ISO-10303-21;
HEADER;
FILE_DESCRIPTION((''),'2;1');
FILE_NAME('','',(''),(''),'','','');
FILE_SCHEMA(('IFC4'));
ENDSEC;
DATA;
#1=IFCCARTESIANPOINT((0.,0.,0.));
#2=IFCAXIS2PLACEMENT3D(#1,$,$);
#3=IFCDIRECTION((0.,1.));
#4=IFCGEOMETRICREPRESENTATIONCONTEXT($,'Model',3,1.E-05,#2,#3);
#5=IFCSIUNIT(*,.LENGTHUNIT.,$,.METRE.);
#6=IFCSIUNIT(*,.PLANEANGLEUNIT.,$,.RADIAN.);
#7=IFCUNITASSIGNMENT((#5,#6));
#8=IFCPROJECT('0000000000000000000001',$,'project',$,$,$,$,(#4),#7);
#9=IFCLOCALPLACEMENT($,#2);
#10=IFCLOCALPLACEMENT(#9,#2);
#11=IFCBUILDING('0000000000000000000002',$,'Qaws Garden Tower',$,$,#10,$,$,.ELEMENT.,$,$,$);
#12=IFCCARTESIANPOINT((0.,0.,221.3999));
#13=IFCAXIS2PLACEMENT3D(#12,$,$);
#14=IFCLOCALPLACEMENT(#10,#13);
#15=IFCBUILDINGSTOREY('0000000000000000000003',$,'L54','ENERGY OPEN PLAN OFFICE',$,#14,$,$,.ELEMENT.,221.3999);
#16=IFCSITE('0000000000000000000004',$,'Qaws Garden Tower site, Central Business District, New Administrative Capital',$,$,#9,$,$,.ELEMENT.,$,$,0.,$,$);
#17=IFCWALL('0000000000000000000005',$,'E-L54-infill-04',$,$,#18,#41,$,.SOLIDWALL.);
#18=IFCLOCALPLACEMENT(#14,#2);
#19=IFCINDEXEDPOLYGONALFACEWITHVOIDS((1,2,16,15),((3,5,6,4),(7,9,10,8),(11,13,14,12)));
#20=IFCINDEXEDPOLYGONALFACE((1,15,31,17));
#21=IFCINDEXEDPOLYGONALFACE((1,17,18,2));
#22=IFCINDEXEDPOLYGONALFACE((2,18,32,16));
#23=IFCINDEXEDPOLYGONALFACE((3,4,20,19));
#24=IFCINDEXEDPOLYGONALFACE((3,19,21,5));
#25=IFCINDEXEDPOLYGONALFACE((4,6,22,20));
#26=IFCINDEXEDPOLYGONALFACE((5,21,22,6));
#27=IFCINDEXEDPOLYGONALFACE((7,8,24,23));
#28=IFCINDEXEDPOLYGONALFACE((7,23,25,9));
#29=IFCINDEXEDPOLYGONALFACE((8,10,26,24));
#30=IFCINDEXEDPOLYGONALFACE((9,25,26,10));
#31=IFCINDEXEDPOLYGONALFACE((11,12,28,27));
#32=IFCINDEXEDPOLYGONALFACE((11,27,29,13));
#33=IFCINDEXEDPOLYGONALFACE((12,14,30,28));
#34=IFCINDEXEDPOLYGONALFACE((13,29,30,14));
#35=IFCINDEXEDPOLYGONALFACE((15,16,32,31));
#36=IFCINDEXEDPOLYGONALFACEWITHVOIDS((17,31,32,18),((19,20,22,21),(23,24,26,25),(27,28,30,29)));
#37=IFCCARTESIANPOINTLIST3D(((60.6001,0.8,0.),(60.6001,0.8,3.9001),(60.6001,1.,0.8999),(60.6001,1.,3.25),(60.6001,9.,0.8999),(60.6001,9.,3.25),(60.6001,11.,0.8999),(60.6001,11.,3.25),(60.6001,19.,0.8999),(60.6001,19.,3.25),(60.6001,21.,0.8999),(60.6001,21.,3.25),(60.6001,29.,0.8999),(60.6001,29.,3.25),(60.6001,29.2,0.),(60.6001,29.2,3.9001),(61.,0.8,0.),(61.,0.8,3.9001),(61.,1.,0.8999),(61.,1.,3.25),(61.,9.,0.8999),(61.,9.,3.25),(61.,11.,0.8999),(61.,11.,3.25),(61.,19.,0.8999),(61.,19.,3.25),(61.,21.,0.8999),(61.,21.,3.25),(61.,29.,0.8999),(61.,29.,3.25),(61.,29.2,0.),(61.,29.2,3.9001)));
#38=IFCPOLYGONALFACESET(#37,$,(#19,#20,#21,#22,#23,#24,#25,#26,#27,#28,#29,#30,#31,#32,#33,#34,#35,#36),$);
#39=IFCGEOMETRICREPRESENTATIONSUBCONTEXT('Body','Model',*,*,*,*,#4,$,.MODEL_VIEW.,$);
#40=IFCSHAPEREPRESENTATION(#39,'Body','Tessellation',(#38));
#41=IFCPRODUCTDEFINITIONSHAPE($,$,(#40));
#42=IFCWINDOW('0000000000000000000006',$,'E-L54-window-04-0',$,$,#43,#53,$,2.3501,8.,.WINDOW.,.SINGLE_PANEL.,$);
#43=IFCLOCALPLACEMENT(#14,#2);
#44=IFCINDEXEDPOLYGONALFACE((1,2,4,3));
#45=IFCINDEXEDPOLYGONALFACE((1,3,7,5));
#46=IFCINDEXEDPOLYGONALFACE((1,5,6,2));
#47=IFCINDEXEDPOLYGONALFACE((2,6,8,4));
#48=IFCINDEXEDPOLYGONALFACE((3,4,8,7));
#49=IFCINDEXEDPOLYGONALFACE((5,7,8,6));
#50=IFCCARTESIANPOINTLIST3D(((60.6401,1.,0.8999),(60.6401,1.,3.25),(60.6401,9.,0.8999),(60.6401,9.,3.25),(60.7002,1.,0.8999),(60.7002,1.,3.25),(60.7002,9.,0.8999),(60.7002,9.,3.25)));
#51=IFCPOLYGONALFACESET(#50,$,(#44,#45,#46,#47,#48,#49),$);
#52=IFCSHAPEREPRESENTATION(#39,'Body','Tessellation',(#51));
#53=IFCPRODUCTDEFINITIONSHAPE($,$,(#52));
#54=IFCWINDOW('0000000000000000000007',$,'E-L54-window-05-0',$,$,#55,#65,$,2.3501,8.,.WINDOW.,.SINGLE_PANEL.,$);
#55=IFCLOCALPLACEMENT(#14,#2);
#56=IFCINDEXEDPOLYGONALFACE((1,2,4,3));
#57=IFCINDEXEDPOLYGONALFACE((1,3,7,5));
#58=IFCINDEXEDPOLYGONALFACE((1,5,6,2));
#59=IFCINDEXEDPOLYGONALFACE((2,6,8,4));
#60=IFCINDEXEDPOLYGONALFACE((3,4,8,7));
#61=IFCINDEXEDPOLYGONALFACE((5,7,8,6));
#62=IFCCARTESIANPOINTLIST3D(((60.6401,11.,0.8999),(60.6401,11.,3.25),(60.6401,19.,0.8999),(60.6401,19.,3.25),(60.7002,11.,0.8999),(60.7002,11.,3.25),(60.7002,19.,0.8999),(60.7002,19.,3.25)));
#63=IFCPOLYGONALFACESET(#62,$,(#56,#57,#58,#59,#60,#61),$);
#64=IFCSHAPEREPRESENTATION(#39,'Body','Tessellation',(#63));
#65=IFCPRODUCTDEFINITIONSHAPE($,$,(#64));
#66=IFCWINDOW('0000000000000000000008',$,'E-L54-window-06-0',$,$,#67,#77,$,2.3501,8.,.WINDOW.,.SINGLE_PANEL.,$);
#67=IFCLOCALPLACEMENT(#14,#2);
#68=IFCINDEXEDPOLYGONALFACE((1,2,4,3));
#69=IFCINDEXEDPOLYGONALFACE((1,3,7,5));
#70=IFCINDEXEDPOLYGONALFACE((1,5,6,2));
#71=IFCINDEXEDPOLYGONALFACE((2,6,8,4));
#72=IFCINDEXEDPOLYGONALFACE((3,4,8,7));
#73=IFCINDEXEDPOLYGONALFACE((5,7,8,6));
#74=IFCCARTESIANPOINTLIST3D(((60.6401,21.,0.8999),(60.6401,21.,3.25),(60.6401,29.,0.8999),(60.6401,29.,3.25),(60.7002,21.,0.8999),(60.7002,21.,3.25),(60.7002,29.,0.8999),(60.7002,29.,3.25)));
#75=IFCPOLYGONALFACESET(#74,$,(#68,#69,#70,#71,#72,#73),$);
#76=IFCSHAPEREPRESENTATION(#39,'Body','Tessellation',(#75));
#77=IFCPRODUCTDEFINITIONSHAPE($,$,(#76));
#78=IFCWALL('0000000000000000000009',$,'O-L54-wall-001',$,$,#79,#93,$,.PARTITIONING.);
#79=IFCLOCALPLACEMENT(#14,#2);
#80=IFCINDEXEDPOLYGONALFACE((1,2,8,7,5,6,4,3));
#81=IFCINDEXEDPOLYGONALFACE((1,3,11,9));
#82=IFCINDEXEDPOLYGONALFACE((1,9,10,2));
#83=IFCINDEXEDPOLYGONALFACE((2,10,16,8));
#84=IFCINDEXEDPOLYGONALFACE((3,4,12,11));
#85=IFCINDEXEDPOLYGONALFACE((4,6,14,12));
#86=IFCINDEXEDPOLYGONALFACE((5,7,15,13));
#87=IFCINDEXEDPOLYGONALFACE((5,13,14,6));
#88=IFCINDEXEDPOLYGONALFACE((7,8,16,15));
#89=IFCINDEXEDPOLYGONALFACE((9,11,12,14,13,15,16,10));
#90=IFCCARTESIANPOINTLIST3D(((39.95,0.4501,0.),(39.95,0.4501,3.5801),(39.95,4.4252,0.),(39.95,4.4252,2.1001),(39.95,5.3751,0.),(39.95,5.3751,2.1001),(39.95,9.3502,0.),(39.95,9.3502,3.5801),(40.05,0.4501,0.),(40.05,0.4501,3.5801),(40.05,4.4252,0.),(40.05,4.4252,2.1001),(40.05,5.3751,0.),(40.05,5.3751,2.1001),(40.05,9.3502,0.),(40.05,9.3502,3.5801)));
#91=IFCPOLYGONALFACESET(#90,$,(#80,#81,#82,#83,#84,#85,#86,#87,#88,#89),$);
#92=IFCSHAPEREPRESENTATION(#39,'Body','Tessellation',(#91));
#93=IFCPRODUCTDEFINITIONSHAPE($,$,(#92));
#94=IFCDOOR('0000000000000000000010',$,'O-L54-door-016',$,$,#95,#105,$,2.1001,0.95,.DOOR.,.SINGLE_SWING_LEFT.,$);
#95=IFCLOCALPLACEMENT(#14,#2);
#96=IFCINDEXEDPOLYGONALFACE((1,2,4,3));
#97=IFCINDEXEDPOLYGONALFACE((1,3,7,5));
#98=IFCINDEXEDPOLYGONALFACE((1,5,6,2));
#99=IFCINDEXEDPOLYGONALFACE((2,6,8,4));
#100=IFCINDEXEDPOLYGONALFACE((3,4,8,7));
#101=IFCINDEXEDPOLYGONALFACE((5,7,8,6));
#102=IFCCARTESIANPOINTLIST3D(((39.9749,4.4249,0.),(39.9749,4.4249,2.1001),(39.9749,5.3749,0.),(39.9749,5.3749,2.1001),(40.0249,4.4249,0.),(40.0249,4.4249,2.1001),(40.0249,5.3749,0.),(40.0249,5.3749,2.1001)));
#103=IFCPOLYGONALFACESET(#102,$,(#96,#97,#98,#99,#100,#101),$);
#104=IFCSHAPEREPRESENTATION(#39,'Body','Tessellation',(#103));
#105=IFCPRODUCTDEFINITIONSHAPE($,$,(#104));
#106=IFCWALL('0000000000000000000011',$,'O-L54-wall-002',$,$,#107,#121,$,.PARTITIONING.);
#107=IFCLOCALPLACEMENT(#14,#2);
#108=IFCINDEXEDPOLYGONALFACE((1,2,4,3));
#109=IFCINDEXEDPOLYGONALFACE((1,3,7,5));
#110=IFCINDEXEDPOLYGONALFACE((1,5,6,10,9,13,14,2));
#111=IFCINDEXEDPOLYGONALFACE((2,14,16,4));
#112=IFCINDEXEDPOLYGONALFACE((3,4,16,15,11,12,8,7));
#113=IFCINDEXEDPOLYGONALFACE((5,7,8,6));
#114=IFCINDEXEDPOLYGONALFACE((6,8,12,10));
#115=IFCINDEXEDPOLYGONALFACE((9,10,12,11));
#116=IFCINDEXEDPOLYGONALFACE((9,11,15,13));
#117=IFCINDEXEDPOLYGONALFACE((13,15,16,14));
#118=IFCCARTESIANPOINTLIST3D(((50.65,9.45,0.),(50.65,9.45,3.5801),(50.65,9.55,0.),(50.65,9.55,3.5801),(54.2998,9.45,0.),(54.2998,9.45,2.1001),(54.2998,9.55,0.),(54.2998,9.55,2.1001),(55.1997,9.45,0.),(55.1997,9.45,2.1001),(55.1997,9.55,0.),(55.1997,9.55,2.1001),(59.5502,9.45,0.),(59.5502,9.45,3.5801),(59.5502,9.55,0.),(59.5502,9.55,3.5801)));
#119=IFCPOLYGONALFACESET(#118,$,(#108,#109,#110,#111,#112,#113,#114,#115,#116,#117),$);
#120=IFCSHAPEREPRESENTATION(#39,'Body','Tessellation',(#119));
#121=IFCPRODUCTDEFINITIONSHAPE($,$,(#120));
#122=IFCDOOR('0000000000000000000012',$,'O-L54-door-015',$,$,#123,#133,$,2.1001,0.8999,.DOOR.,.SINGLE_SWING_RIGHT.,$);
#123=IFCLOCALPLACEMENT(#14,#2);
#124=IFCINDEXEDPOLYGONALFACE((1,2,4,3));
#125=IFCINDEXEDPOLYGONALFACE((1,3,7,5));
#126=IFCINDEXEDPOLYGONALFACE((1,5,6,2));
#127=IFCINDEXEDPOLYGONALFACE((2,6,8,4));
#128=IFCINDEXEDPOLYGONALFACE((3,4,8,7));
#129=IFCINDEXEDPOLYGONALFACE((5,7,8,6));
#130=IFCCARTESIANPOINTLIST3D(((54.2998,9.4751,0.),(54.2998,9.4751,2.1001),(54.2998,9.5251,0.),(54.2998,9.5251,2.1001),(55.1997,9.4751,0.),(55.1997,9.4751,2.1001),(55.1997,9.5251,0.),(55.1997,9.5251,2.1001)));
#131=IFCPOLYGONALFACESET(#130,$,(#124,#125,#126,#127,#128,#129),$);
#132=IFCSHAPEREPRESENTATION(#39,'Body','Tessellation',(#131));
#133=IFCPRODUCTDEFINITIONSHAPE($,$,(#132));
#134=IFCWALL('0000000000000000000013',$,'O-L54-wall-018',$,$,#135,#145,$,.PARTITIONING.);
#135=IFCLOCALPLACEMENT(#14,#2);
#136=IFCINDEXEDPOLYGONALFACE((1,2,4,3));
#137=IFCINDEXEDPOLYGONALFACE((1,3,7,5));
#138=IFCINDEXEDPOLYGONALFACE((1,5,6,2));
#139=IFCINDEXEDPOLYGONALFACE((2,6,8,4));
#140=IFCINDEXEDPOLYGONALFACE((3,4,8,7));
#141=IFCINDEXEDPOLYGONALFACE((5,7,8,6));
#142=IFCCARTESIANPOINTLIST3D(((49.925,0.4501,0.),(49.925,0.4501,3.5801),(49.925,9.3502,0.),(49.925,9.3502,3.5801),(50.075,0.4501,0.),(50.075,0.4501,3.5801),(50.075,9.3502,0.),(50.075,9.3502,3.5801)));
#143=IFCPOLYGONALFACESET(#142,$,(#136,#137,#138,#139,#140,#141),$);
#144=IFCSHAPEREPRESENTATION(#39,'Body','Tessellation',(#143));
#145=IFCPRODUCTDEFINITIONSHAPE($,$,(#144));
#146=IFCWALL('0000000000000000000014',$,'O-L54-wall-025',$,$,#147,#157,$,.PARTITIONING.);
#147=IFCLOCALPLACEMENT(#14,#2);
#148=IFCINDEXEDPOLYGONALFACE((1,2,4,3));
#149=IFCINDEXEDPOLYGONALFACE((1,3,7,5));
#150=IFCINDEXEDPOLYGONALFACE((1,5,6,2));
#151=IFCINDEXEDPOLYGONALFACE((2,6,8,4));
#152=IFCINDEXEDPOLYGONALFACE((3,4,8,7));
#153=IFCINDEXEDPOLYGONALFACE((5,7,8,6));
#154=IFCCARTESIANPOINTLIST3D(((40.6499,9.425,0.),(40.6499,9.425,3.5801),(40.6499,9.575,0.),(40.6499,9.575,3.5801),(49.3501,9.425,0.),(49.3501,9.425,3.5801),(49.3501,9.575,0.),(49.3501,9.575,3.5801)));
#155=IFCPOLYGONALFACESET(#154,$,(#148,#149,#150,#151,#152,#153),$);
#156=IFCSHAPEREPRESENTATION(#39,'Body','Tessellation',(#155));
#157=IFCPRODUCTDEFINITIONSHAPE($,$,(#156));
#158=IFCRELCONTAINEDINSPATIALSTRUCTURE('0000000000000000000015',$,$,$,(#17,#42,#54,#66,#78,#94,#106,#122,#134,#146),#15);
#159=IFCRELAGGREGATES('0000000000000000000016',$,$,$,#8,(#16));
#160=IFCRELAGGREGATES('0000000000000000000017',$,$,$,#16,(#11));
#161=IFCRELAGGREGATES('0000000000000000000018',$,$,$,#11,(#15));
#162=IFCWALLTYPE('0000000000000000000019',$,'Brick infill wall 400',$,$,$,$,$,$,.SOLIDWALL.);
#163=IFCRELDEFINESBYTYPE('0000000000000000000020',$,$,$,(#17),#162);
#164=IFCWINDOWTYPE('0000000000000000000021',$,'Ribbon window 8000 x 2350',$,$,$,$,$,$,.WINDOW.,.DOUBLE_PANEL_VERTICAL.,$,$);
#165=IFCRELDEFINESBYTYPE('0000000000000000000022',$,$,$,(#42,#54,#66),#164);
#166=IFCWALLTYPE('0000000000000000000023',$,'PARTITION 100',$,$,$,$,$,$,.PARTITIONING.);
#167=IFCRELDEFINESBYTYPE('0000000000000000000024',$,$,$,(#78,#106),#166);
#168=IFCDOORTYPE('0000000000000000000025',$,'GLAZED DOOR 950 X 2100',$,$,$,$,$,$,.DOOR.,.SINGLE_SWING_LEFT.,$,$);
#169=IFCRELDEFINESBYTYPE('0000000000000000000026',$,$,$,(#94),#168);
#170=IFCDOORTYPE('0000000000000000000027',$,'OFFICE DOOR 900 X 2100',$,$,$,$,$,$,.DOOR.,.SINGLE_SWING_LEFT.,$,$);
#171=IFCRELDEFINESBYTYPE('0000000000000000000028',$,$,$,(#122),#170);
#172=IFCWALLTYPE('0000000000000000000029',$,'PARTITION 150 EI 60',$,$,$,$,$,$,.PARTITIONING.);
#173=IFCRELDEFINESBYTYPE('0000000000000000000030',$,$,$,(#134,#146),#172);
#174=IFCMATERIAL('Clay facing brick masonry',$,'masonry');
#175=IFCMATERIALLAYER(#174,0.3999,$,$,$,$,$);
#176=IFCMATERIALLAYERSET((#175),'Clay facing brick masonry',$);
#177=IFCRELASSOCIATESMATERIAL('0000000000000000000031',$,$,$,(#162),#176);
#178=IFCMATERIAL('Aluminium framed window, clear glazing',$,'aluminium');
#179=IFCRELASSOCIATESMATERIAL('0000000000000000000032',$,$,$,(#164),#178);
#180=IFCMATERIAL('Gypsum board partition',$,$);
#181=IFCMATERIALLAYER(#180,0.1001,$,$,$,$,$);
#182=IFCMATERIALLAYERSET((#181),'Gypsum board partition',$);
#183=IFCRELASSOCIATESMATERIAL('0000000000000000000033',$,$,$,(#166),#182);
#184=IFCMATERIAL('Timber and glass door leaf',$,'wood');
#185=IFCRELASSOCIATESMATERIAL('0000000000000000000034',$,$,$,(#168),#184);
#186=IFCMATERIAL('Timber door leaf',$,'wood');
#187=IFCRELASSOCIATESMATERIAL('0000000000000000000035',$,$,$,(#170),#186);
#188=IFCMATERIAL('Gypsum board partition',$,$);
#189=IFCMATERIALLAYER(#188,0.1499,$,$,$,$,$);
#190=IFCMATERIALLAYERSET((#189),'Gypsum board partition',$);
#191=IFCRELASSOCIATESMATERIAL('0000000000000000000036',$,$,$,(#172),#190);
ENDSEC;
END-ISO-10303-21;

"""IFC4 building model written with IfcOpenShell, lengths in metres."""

from ifc_helpers import new_model, si_unit, direction, frame, frame_2d, origin, place, context, subcontext, project, spatial, rectangle, extrude, material, layer, layer_set, type_object, element, fill, save


model = new_model("IFC4")

# Units and contexts
model_context = context("Model", 3, precision=1e-05, world=origin(), true_north=direction((0.0, 1.0)))
body_context = subcontext(model_context, "Body", "Model", "MODEL_VIEW")
ifc_project = project(units=[si_unit("LENGTHUNIT", "METRE"), si_unit("PLANEANGLEUNIT", "RADIAN")], contexts=[model_context])

# Site, building, storey
site_placement = place(None, origin())
site = spatial("IfcSite", under=ifc_project, at=site_placement, Name="Qaws Garden Tower site, Central Business District, New Administrative Capital", CompositionType="ELEMENT", RefElevation=0.0)
building_placement = place(site_placement, origin())
building = spatial("IfcBuilding", under=site, at=building_placement, Name="Qaws Garden Tower", CompositionType="ELEMENT")
storey_placement = place(building_placement, frame((0.0, 0.0, 221.3999)))
storey = spatial("IfcBuildingStorey", under=building, at=storey_placement, Name="L54", Description="ENERGY OPEN PLAN OFFICE", CompositionType="ELEMENT", Elevation=221.3999)

# Wall, openings, windows
ifc_material_1 = material(Name="Clay facing brick masonry", Category="masonry")
ifc_layer_1 = layer(ifc_material_1, 0.3999)
ifc_layer_set_1 = layer_set([ifc_layer_1], Name="Clay facing brick masonry")
wall_type_1 = type_object("IfcWallType", Name="Brick infill wall 400", PredefinedType="SOLIDWALL", material=ifc_layer_set_1)
wall_1_placement = place(storey_placement, frame((60.8, 0.8, 0.0), z_axis=(0.0, 0.0, 1.0), x_axis=(0.0, 1.0, 0.0)))
wall_1 = element("IfcWall", 1, at=wall_1_placement, inside=storey, type_object=wall_type_1, Name="E-L54-infill-04", PredefinedType="SOLIDWALL", context=body_context, shape_type="SweptSolid", body=[
    extrude(rectangle(XDim=28.3999, YDim=0.3999, at=frame_2d((14.2, 0.0))), origin(), (0.0, 0.0, 1.0), 3.9001),
])
opening_1_placement = place(wall_1_placement, frame((0.2, 0.0, 0.8999)))
opening_1 = element("IfcOpeningElement", 2, at=opening_1_placement, cuts=wall_1, PredefinedType="OPENING", context=body_context, shape_type="SweptSolid", body=[
    extrude(rectangle(XDim=8.0, YDim=2.3501, at=frame_2d((4.0, 1.175))), frame((0.0, 0.21, 0.0), z_axis=(0.0, -1.0, 0.0), x_axis=(1.0, 0.0, 0.0)), (0.0, 0.0, 1.0), 0.4199),
])
opening_2_placement = place(wall_1_placement, frame((10.2, 0.0, 0.8999)))
opening_2 = element("IfcOpeningElement", 3, at=opening_2_placement, cuts=wall_1, PredefinedType="OPENING", context=body_context, shape_type="SweptSolid", body=[
    extrude(rectangle(XDim=8.0, YDim=2.3501, at=frame_2d((4.0, 1.175))), frame((0.0, 0.21, 0.0), z_axis=(0.0, -1.0, 0.0), x_axis=(1.0, 0.0, 0.0)), (0.0, 0.0, 1.0), 0.4199),
])
opening_3_placement = place(wall_1_placement, frame((20.2, 0.0, 0.8999)))
opening_3 = element("IfcOpeningElement", 4, at=opening_3_placement, cuts=wall_1, PredefinedType="OPENING", context=body_context, shape_type="SweptSolid", body=[
    extrude(rectangle(XDim=8.0, YDim=2.3501, at=frame_2d((4.0, 1.175))), frame((0.0, 0.21, 0.0), z_axis=(0.0, -1.0, 0.0), x_axis=(1.0, 0.0, 0.0)), (0.0, 0.0, 1.0), 0.4199),
])
ifc_material_2 = material(Name="Aluminium framed window, clear glazing", Category="aluminium")
window_type = type_object("IfcWindowType", Name="Ribbon window 8000 x 2350", PartitioningType="DOUBLE_PANEL_VERTICAL", PredefinedType="WINDOW", material=ifc_material_2)
window_1_placement = place(opening_1_placement, origin())
window_1 = element("IfcWindow", 5, at=window_1_placement, inside=storey, type_object=window_type, Name="E-L54-window-04-0", OverallHeight=2.3501, OverallWidth=8.0, PartitioningType="SINGLE_PANEL", PredefinedType="WINDOW", context=body_context, shape_type="SweptSolid", body=[
    extrude(rectangle(XDim=8.0, YDim=2.3501, at=frame_2d((4.0, 1.175))), frame((0.0, 0.1599, 0.0), z_axis=(0.0, -1.0, 0.0), x_axis=(1.0, 0.0, 0.0)), (0.0, 0.0, 1.0), 0.0601),
])
fill(opening_1, window_1)
window_2_placement = place(opening_2_placement, origin())
window_2 = element("IfcWindow", 6, at=window_2_placement, inside=storey, type_object=window_type, Name="E-L54-window-05-0", OverallHeight=2.3501, OverallWidth=8.0, PartitioningType="SINGLE_PANEL", PredefinedType="WINDOW", context=body_context, shape_type="SweptSolid", body=[
    extrude(rectangle(XDim=8.0, YDim=2.3501, at=frame_2d((4.0, 1.175))), frame((0.0, 0.1599, 0.0), z_axis=(0.0, -1.0, 0.0), x_axis=(1.0, 0.0, 0.0)), (0.0, 0.0, 1.0), 0.0601),
])
fill(opening_2, window_2)
window_3_placement = place(opening_3_placement, origin())
window_3 = element("IfcWindow", 7, at=window_3_placement, inside=storey, type_object=window_type, Name="E-L54-window-06-0", OverallHeight=2.3501, OverallWidth=8.0, PartitioningType="SINGLE_PANEL", PredefinedType="WINDOW", context=body_context, shape_type="SweptSolid", body=[
    extrude(rectangle(XDim=8.0, YDim=2.3501, at=frame_2d((4.0, 1.175))), frame((0.0, 0.1599, 0.0), z_axis=(0.0, -1.0, 0.0), x_axis=(1.0, 0.0, 0.0)), (0.0, 0.0, 1.0), 0.0601),
])
fill(opening_3, window_3)

# Walls, openings, doors
ifc_material_3 = material(Name="Gypsum board partition")
ifc_layer_2 = layer(ifc_material_3, 0.1001)
ifc_layer_set_2 = layer_set([ifc_layer_2], Name="Gypsum board partition")
wall_type_2 = type_object("IfcWallType", Name="PARTITION 100", PredefinedType="PARTITIONING", material=ifc_layer_set_2)
wall_2_placement = place(storey_placement, frame((40.0, 0.45, 0.0), z_axis=(0.0, 0.0, 1.0), x_axis=(0.0, 1.0, 0.0)))
wall_2 = element("IfcWall", 8, at=wall_2_placement, inside=storey, type_object=wall_type_2, Name="O-L54-wall-001", PredefinedType="PARTITIONING", context=body_context, shape_type="SweptSolid", body=[
    extrude(rectangle(XDim=8.9001, YDim=0.1001, at=frame_2d((4.4502, 0.0))), origin(), (0.0, 0.0, 1.0), 3.5801),
])
opening_4_placement = place(wall_2_placement, frame((3.9751, 0.0, 0.0)))
opening_4 = element("IfcOpeningElement", 9, at=opening_4_placement, cuts=wall_2, PredefinedType="OPENING", context=body_context, shape_type="SweptSolid", body=[
    extrude(rectangle(XDim=0.95, YDim=2.1001, at=frame_2d((0.4751, 1.05))), frame((0.0, 0.0601, 0.0), z_axis=(0.0, -1.0, 0.0), x_axis=(1.0, 0.0, 0.0)), (0.0, 0.0, 1.0), 0.1201),
])
ifc_material_4 = material(Name="Timber and glass door leaf", Category="wood")
door_type_1 = type_object("IfcDoorType", Name="GLAZED DOOR 950 X 2100", OperationType="SINGLE_SWING_LEFT", PredefinedType="DOOR", material=ifc_material_4)
door_1_placement = place(opening_4_placement, frame((0.95, 0.0, 0.0), z_axis=(0.0, 0.0, 1.0), x_axis=(-1.0, 0.0, 0.0)))
door_1 = element("IfcDoor", 10, at=door_1_placement, inside=storey, type_object=door_type_1, Name="O-L54-door-016", OperationType="SINGLE_SWING_LEFT", OverallHeight=2.1001, OverallWidth=0.95, PredefinedType="DOOR", context=body_context, shape_type="SweptSolid", body=[
    extrude(rectangle(XDim=0.95, YDim=2.1001, at=frame_2d((0.4751, 1.05))), frame((0.0, 0.0249, 0.0), z_axis=(0.0, -1.0, 0.0), x_axis=(1.0, 0.0, 0.0)), (0.0, 0.0, 1.0), 0.05),
])
fill(opening_4, door_1)
wall_3_placement = place(storey_placement, frame((50.6499, 9.5, 0.0), z_axis=(0.0, 0.0, 1.0), x_axis=(1.0, 0.0, 0.0)))
wall_3 = element("IfcWall", 11, at=wall_3_placement, inside=storey, type_object=wall_type_2, Name="O-L54-wall-002", PredefinedType="PARTITIONING", context=body_context, shape_type="SweptSolid", body=[
    extrude(rectangle(XDim=8.9001, YDim=0.1001, at=frame_2d((4.4502, 0.0))), origin(), (0.0, 0.0, 1.0), 3.5801),
])
opening_5_placement = place(wall_3_placement, frame((3.6499, 0.0, 0.0)))
opening_5 = element("IfcOpeningElement", 12, at=opening_5_placement, cuts=wall_3, PredefinedType="OPENING", context=body_context, shape_type="SweptSolid", body=[
    extrude(rectangle(XDim=0.8999, YDim=2.1001, at=frame_2d((0.45, 1.05))), frame((0.0, 0.0601, 0.0), z_axis=(0.0, -1.0, 0.0), x_axis=(1.0, 0.0, 0.0)), (0.0, 0.0, 1.0), 0.1201),
])
ifc_material_5 = material(Name="Timber door leaf", Category="wood")
door_type_2 = type_object("IfcDoorType", Name="OFFICE DOOR 900 X 2100", OperationType="SINGLE_SWING_LEFT", PredefinedType="DOOR", material=ifc_material_5)
door_2_placement = place(opening_5_placement, frame((0.8999, 0.0, 0.0), z_axis=(0.0, 0.0, 1.0), x_axis=(-1.0, 0.0, 0.0)))
door_2 = element("IfcDoor", 13, at=door_2_placement, inside=storey, type_object=door_type_2, Name="O-L54-door-015", OperationType="SINGLE_SWING_RIGHT", OverallHeight=2.1001, OverallWidth=0.8999, PredefinedType="DOOR", context=body_context, shape_type="SweptSolid", body=[
    extrude(rectangle(XDim=0.8999, YDim=2.1001, at=frame_2d((0.45, 1.05))), frame((0.0, 0.0249, 0.0), z_axis=(0.0, -1.0, 0.0), x_axis=(1.0, 0.0, 0.0)), (0.0, 0.0, 1.0), 0.05),
])
fill(opening_5, door_2)

# Walls
ifc_material_6 = material(Name="Gypsum board partition")
ifc_layer_3 = layer(ifc_material_6, 0.1499)
ifc_layer_set_3 = layer_set([ifc_layer_3], Name="Gypsum board partition")
wall_type_3 = type_object("IfcWallType", Name="PARTITION 150 EI 60", PredefinedType="PARTITIONING", material=ifc_layer_set_3)
wall_4_placement = place(storey_placement, frame((50.0, 0.45, 0.0), z_axis=(0.0, 0.0, 1.0), x_axis=(0.0, 1.0, 0.0)))
element("IfcWall", 14, at=wall_4_placement, inside=storey, type_object=wall_type_3, Name="O-L54-wall-018", PredefinedType="PARTITIONING", context=body_context, shape_type="SweptSolid", body=[
    extrude(rectangle(XDim=8.9001, YDim=0.1499, at=frame_2d((4.4502, 0.0))), origin(), (0.0, 0.0, 1.0), 3.5801),
])
wall_5_placement = place(storey_placement, frame((40.6499, 9.5, 0.0), z_axis=(0.0, 0.0, 1.0), x_axis=(1.0, 0.0, 0.0)))
element("IfcWall", 15, at=wall_5_placement, inside=storey, type_object=wall_type_3, Name="O-L54-wall-025", PredefinedType="PARTITIONING", context=body_context, shape_type="SweptSolid", body=[
    extrude(rectangle(XDim=8.7002, YDim=0.1499, at=frame_2d((4.3501, 0.0))), origin(), (0.0, 0.0, 1.0), 3.5801),
])

save(model, "model.ifc")
